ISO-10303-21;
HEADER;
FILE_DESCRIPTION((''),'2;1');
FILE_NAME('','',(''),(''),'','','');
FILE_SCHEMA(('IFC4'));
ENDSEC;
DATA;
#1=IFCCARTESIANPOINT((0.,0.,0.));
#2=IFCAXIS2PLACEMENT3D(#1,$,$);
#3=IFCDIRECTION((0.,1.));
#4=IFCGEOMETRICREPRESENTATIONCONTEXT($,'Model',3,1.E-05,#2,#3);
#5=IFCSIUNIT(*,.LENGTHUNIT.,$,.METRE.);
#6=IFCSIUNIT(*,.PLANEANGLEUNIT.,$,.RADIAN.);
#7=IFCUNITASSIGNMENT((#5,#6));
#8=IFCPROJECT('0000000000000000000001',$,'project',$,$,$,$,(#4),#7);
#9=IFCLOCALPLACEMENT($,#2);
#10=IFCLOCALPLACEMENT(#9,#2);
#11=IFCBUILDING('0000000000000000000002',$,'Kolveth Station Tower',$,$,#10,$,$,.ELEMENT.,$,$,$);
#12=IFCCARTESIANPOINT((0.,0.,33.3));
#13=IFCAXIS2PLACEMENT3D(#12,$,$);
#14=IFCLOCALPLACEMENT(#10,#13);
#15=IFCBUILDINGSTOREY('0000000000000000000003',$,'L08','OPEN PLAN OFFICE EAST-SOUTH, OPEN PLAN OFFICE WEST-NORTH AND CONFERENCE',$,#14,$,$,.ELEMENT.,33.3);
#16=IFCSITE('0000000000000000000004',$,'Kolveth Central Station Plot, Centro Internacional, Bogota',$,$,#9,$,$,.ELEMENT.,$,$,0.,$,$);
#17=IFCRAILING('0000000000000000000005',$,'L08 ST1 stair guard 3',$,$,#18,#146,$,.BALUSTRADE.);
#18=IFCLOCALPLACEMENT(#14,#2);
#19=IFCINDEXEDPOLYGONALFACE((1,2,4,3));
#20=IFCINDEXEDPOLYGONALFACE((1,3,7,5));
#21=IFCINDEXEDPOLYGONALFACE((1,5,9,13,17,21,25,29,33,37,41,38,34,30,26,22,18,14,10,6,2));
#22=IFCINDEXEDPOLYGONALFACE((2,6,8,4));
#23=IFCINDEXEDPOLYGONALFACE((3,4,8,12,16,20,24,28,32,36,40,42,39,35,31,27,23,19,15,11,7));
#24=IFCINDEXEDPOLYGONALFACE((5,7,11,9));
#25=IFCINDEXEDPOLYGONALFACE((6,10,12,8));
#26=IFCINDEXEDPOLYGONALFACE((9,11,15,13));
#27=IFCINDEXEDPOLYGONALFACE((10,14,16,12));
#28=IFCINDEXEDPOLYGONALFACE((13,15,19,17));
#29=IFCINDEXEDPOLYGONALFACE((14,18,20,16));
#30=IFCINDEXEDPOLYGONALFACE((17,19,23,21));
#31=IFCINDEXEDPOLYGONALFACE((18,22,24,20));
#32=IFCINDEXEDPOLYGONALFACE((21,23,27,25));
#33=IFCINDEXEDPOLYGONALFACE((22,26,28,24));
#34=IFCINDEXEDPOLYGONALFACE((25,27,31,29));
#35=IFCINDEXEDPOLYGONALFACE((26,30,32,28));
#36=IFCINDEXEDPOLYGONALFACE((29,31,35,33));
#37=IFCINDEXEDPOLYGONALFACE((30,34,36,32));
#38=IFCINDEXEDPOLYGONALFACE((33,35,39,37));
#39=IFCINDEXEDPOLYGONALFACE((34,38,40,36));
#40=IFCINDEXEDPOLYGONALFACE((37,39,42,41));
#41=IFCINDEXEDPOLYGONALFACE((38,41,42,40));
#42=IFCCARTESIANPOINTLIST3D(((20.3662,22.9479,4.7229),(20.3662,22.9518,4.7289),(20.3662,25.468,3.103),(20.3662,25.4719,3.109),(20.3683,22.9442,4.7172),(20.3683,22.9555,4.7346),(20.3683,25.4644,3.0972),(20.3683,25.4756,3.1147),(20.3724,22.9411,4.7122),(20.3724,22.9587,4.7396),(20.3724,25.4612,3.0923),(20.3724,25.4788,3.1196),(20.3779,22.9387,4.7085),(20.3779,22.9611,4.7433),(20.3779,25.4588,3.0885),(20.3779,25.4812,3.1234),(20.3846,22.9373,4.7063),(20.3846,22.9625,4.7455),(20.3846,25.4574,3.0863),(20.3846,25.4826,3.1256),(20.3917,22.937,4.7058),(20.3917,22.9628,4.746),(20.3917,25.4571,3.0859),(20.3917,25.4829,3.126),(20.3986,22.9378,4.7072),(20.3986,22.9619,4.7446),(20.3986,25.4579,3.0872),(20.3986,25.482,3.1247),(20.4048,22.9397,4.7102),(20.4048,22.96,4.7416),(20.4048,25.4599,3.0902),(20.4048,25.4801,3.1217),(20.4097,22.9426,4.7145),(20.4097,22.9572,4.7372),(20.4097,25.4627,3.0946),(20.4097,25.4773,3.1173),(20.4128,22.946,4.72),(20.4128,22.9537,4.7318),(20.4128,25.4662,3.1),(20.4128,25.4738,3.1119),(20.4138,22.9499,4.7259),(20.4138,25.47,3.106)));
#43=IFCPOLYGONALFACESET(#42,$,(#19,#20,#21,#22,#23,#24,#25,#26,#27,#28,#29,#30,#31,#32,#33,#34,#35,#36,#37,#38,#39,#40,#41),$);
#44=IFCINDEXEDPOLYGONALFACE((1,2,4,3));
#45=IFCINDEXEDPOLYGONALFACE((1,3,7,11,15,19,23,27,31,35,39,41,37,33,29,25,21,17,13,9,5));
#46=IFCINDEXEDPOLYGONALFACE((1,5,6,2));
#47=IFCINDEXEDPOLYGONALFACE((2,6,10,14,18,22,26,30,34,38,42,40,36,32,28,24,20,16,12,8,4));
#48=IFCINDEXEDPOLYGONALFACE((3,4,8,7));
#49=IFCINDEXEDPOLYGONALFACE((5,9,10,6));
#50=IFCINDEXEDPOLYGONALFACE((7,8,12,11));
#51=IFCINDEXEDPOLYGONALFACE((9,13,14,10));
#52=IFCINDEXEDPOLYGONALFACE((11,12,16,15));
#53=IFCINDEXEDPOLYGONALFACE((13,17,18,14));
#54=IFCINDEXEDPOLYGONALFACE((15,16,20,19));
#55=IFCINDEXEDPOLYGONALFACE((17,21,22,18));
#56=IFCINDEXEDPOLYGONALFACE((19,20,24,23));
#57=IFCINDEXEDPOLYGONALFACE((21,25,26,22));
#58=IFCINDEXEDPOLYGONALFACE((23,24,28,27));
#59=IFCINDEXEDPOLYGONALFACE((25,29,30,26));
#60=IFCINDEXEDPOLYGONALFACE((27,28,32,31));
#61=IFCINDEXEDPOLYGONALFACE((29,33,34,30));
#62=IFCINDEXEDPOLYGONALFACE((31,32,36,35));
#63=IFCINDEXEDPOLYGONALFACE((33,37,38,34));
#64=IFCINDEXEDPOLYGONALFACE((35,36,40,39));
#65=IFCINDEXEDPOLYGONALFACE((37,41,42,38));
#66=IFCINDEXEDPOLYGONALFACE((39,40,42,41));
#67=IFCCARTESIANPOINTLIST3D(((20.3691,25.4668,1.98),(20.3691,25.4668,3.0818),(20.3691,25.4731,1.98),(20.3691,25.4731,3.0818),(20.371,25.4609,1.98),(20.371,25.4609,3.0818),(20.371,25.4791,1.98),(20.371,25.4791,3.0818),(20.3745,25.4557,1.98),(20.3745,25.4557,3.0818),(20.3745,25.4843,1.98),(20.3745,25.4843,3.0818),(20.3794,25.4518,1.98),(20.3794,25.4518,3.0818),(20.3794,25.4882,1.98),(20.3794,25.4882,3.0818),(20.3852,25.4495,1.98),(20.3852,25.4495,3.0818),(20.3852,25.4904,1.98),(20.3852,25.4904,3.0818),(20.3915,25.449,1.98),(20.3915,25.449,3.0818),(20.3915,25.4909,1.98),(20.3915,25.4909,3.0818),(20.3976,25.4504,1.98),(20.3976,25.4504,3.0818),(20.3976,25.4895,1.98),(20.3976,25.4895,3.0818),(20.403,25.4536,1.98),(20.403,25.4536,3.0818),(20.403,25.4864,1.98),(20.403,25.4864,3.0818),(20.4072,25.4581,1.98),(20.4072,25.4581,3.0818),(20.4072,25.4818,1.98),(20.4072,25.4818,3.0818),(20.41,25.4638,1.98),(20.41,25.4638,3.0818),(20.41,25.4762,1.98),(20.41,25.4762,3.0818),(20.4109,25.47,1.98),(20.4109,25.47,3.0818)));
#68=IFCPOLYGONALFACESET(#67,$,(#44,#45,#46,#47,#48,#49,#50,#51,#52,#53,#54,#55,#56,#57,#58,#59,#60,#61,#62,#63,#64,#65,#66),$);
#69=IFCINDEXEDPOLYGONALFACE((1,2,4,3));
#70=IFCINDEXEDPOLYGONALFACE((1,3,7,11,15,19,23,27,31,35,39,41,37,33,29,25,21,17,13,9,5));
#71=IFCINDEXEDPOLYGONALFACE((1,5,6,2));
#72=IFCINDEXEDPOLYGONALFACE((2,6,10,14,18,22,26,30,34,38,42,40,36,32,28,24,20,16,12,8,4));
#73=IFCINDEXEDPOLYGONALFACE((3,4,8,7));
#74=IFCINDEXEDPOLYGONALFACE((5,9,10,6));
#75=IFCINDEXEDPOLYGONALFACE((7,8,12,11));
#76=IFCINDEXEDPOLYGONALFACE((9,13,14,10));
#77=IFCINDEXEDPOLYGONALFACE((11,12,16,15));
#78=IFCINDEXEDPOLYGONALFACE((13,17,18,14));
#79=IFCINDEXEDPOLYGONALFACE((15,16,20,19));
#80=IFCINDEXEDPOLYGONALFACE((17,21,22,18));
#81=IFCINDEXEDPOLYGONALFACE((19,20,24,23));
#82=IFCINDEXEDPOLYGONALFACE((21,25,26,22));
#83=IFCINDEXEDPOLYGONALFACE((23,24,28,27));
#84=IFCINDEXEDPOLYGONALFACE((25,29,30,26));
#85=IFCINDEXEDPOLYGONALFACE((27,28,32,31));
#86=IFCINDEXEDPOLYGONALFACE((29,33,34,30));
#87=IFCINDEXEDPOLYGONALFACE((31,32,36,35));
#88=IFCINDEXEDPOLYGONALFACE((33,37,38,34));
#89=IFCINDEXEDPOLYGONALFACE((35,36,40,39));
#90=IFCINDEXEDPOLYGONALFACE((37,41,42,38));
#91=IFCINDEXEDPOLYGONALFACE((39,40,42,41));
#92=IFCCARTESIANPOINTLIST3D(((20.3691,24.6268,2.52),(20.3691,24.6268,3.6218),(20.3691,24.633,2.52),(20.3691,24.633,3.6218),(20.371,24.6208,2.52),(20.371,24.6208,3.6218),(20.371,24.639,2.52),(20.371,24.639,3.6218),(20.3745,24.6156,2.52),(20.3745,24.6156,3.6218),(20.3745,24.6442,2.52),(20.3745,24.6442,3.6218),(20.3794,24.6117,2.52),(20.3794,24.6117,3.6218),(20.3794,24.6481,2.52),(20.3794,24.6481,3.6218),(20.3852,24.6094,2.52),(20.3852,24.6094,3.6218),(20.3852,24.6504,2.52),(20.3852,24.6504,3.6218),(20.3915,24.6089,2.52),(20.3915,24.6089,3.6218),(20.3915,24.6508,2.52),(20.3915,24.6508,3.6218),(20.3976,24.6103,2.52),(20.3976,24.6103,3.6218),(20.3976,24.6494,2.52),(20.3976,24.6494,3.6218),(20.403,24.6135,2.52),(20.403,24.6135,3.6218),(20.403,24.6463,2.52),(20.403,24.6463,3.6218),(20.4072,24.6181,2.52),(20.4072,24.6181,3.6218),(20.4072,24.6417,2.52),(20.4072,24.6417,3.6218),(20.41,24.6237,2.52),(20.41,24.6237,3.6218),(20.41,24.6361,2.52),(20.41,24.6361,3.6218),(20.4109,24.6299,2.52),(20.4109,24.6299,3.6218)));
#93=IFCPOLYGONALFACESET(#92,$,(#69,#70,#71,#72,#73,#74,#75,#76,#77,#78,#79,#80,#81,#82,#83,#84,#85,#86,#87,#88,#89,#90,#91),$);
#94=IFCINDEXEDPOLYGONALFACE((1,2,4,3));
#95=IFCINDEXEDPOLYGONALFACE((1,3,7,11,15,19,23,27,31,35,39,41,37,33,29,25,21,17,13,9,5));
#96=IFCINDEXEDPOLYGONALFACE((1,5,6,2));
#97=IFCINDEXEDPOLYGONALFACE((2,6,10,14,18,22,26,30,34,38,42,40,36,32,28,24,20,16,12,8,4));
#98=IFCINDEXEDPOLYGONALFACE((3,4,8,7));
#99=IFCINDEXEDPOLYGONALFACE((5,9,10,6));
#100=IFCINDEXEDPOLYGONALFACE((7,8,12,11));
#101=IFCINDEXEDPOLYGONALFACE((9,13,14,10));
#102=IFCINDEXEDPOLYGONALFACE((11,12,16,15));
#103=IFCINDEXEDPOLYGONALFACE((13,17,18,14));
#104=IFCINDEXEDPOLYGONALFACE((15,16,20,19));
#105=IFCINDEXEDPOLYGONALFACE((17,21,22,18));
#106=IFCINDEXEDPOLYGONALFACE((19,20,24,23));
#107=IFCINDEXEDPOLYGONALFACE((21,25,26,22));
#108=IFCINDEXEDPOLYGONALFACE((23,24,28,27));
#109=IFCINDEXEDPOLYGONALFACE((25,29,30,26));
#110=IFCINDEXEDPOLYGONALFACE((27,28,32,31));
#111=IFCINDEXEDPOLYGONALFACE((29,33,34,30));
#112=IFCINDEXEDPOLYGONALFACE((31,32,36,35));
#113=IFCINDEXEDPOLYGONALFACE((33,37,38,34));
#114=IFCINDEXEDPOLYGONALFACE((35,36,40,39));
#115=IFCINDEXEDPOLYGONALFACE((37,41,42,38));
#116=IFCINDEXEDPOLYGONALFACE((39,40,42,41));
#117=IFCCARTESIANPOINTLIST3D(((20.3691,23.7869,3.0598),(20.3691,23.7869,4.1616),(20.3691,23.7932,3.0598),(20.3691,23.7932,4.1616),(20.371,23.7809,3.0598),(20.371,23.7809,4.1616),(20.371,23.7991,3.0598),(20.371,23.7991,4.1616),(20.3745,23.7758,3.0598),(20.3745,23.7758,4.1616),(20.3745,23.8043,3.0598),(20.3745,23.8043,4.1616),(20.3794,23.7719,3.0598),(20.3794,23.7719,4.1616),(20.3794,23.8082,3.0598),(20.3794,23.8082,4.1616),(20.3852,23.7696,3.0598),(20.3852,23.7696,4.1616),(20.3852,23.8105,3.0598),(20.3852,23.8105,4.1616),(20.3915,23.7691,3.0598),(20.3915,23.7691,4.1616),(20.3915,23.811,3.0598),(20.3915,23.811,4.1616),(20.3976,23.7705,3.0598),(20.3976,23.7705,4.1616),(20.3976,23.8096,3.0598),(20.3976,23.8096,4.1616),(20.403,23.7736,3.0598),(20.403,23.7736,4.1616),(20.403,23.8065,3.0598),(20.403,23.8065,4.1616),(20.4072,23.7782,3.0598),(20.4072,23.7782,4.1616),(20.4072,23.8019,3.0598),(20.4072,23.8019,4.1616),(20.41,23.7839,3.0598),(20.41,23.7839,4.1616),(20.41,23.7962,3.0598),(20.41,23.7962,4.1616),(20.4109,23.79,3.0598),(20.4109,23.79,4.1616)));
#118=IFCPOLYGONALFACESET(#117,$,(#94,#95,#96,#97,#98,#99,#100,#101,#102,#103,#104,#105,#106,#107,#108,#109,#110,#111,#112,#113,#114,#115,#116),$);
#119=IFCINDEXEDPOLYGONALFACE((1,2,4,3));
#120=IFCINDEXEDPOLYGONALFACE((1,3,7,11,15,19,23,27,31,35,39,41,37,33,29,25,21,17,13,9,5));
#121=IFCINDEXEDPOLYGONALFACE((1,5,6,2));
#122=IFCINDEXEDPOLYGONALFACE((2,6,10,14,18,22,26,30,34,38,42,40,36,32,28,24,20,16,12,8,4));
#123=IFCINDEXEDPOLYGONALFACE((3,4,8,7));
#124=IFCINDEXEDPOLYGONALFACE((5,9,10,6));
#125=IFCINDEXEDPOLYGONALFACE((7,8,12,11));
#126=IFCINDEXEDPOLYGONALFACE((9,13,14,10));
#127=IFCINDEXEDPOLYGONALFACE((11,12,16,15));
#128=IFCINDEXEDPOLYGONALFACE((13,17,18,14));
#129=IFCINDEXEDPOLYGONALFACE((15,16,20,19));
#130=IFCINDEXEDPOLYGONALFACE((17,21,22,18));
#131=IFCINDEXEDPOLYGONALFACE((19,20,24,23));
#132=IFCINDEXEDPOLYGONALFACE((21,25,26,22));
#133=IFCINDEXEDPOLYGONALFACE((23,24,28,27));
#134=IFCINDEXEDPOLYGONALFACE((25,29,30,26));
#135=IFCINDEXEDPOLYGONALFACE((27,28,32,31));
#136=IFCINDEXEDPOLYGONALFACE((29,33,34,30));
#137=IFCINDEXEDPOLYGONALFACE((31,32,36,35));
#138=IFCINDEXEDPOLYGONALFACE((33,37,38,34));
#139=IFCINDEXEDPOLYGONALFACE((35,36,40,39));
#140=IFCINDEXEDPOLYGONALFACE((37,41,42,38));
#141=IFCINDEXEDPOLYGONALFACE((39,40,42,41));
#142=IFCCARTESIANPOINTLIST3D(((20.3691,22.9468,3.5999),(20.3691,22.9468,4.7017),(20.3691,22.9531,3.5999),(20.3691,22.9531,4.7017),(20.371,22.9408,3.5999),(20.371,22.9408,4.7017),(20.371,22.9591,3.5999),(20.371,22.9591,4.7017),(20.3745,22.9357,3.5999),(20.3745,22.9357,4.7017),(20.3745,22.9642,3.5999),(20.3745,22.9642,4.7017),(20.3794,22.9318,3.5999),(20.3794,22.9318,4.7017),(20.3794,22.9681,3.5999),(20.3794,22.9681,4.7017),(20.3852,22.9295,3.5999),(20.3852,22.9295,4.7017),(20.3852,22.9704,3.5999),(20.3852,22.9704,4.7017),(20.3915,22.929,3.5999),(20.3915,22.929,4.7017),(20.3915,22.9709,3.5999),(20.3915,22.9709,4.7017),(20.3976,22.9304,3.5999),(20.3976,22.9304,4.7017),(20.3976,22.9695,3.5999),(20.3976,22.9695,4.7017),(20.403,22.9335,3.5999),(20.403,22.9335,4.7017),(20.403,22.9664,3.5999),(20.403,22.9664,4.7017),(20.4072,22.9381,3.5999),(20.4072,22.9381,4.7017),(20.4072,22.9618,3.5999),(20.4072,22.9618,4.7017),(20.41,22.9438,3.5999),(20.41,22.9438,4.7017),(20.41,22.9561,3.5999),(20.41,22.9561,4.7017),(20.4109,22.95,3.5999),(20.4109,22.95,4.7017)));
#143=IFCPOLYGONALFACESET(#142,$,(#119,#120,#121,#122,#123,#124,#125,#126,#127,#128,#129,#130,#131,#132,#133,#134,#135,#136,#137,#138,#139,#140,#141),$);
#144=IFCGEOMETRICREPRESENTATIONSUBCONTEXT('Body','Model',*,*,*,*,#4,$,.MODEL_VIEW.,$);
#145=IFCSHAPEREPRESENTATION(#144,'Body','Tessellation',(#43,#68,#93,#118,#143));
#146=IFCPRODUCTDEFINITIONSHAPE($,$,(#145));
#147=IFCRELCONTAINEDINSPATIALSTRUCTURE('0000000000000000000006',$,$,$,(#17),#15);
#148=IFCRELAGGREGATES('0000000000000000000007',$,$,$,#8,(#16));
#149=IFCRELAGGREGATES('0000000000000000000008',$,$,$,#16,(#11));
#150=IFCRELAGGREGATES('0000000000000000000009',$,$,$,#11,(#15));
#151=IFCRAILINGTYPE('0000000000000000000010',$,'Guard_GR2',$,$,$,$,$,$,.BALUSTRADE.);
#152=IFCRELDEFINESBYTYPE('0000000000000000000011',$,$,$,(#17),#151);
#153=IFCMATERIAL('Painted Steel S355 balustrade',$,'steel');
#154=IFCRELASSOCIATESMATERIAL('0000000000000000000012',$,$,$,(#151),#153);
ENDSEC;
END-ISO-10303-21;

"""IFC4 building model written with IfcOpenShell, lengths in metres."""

from ifc_helpers import new_model, si_unit, direction, frame, origin, origin_2d, place, context, subcontext, project, spatial, circle, extrude, material, type_object, element, save


model = new_model("IFC4")

# Units and contexts
model_context = context("Model", 3, precision=1e-05, world=origin(), true_north=direction((0.0, 1.0)))
body_context = subcontext(model_context, "Body", "Model", "MODEL_VIEW")
ifc_project = project(units=[si_unit("LENGTHUNIT", "METRE"), si_unit("PLANEANGLEUNIT", "RADIAN")], contexts=[model_context])

# Site, building, storey
site_placement = place(None, origin())
site = spatial("IfcSite", under=ifc_project, at=site_placement, Name="Kolveth Central Station Plot, Centro Internacional, Bogota", CompositionType="ELEMENT", RefElevation=0.0)
building_placement = place(site_placement, origin())
building = spatial("IfcBuilding", under=site, at=building_placement, Name="Kolveth Station Tower", CompositionType="ELEMENT")
storey_placement = place(building_placement, frame((0.0, 0.0, 33.3)))
storey = spatial("IfcBuildingStorey", under=building, at=storey_placement, Name="L08", Description="OPEN PLAN OFFICE EAST-SOUTH, OPEN PLAN OFFICE WEST-NORTH AND CONFERENCE", CompositionType="ELEMENT", Elevation=33.3)

# Railing
ifc_material_1 = material(Name="Painted Steel S355 balustrade", Category="steel")
railing_type_1 = type_object("IfcRailingType", Name="Guard_GR2", PredefinedType="BALUSTRADE", material=ifc_material_1)
railing_1_placement = place(storey_placement, frame((20.3899, 25.47, 1.98)))
element("IfcRailing", 1, at=railing_1_placement, inside=storey, type_object=railing_type_1, Name="L08 ST1 stair guard 3", PredefinedType="BALUSTRADE", context=body_context, shape_type="SweptSolid", body=[
    extrude(circle(Radius=0.0239, at=origin_2d()), frame((0.0, 0.0, 1.126), z_axis=(0.0, -0.8412, 0.540725), x_axis=(1.0, 0.0, 0.0)), (0.0, 0.0, 1.0), 2.9958),
    extrude(circle(Radius=0.021, at=origin_2d()), origin(), (0.0, 0.0, 1.0), 1.1018),
    extrude(circle(Radius=0.021, at=origin_2d()), frame((0.0, -0.8401, 0.54)), (0.0, 0.0, 1.0), 1.1018),
    extrude(circle(Radius=0.021, at=origin_2d()), frame((0.0, -1.6799, 1.0798)), (0.0, 0.0, 1.0), 1.1018),
    extrude(circle(Radius=0.021, at=origin_2d()), frame((0.0, -2.52, 1.6199)), (0.0, 0.0, 1.0), 1.1018),
])

save(model, "model.ifc")
